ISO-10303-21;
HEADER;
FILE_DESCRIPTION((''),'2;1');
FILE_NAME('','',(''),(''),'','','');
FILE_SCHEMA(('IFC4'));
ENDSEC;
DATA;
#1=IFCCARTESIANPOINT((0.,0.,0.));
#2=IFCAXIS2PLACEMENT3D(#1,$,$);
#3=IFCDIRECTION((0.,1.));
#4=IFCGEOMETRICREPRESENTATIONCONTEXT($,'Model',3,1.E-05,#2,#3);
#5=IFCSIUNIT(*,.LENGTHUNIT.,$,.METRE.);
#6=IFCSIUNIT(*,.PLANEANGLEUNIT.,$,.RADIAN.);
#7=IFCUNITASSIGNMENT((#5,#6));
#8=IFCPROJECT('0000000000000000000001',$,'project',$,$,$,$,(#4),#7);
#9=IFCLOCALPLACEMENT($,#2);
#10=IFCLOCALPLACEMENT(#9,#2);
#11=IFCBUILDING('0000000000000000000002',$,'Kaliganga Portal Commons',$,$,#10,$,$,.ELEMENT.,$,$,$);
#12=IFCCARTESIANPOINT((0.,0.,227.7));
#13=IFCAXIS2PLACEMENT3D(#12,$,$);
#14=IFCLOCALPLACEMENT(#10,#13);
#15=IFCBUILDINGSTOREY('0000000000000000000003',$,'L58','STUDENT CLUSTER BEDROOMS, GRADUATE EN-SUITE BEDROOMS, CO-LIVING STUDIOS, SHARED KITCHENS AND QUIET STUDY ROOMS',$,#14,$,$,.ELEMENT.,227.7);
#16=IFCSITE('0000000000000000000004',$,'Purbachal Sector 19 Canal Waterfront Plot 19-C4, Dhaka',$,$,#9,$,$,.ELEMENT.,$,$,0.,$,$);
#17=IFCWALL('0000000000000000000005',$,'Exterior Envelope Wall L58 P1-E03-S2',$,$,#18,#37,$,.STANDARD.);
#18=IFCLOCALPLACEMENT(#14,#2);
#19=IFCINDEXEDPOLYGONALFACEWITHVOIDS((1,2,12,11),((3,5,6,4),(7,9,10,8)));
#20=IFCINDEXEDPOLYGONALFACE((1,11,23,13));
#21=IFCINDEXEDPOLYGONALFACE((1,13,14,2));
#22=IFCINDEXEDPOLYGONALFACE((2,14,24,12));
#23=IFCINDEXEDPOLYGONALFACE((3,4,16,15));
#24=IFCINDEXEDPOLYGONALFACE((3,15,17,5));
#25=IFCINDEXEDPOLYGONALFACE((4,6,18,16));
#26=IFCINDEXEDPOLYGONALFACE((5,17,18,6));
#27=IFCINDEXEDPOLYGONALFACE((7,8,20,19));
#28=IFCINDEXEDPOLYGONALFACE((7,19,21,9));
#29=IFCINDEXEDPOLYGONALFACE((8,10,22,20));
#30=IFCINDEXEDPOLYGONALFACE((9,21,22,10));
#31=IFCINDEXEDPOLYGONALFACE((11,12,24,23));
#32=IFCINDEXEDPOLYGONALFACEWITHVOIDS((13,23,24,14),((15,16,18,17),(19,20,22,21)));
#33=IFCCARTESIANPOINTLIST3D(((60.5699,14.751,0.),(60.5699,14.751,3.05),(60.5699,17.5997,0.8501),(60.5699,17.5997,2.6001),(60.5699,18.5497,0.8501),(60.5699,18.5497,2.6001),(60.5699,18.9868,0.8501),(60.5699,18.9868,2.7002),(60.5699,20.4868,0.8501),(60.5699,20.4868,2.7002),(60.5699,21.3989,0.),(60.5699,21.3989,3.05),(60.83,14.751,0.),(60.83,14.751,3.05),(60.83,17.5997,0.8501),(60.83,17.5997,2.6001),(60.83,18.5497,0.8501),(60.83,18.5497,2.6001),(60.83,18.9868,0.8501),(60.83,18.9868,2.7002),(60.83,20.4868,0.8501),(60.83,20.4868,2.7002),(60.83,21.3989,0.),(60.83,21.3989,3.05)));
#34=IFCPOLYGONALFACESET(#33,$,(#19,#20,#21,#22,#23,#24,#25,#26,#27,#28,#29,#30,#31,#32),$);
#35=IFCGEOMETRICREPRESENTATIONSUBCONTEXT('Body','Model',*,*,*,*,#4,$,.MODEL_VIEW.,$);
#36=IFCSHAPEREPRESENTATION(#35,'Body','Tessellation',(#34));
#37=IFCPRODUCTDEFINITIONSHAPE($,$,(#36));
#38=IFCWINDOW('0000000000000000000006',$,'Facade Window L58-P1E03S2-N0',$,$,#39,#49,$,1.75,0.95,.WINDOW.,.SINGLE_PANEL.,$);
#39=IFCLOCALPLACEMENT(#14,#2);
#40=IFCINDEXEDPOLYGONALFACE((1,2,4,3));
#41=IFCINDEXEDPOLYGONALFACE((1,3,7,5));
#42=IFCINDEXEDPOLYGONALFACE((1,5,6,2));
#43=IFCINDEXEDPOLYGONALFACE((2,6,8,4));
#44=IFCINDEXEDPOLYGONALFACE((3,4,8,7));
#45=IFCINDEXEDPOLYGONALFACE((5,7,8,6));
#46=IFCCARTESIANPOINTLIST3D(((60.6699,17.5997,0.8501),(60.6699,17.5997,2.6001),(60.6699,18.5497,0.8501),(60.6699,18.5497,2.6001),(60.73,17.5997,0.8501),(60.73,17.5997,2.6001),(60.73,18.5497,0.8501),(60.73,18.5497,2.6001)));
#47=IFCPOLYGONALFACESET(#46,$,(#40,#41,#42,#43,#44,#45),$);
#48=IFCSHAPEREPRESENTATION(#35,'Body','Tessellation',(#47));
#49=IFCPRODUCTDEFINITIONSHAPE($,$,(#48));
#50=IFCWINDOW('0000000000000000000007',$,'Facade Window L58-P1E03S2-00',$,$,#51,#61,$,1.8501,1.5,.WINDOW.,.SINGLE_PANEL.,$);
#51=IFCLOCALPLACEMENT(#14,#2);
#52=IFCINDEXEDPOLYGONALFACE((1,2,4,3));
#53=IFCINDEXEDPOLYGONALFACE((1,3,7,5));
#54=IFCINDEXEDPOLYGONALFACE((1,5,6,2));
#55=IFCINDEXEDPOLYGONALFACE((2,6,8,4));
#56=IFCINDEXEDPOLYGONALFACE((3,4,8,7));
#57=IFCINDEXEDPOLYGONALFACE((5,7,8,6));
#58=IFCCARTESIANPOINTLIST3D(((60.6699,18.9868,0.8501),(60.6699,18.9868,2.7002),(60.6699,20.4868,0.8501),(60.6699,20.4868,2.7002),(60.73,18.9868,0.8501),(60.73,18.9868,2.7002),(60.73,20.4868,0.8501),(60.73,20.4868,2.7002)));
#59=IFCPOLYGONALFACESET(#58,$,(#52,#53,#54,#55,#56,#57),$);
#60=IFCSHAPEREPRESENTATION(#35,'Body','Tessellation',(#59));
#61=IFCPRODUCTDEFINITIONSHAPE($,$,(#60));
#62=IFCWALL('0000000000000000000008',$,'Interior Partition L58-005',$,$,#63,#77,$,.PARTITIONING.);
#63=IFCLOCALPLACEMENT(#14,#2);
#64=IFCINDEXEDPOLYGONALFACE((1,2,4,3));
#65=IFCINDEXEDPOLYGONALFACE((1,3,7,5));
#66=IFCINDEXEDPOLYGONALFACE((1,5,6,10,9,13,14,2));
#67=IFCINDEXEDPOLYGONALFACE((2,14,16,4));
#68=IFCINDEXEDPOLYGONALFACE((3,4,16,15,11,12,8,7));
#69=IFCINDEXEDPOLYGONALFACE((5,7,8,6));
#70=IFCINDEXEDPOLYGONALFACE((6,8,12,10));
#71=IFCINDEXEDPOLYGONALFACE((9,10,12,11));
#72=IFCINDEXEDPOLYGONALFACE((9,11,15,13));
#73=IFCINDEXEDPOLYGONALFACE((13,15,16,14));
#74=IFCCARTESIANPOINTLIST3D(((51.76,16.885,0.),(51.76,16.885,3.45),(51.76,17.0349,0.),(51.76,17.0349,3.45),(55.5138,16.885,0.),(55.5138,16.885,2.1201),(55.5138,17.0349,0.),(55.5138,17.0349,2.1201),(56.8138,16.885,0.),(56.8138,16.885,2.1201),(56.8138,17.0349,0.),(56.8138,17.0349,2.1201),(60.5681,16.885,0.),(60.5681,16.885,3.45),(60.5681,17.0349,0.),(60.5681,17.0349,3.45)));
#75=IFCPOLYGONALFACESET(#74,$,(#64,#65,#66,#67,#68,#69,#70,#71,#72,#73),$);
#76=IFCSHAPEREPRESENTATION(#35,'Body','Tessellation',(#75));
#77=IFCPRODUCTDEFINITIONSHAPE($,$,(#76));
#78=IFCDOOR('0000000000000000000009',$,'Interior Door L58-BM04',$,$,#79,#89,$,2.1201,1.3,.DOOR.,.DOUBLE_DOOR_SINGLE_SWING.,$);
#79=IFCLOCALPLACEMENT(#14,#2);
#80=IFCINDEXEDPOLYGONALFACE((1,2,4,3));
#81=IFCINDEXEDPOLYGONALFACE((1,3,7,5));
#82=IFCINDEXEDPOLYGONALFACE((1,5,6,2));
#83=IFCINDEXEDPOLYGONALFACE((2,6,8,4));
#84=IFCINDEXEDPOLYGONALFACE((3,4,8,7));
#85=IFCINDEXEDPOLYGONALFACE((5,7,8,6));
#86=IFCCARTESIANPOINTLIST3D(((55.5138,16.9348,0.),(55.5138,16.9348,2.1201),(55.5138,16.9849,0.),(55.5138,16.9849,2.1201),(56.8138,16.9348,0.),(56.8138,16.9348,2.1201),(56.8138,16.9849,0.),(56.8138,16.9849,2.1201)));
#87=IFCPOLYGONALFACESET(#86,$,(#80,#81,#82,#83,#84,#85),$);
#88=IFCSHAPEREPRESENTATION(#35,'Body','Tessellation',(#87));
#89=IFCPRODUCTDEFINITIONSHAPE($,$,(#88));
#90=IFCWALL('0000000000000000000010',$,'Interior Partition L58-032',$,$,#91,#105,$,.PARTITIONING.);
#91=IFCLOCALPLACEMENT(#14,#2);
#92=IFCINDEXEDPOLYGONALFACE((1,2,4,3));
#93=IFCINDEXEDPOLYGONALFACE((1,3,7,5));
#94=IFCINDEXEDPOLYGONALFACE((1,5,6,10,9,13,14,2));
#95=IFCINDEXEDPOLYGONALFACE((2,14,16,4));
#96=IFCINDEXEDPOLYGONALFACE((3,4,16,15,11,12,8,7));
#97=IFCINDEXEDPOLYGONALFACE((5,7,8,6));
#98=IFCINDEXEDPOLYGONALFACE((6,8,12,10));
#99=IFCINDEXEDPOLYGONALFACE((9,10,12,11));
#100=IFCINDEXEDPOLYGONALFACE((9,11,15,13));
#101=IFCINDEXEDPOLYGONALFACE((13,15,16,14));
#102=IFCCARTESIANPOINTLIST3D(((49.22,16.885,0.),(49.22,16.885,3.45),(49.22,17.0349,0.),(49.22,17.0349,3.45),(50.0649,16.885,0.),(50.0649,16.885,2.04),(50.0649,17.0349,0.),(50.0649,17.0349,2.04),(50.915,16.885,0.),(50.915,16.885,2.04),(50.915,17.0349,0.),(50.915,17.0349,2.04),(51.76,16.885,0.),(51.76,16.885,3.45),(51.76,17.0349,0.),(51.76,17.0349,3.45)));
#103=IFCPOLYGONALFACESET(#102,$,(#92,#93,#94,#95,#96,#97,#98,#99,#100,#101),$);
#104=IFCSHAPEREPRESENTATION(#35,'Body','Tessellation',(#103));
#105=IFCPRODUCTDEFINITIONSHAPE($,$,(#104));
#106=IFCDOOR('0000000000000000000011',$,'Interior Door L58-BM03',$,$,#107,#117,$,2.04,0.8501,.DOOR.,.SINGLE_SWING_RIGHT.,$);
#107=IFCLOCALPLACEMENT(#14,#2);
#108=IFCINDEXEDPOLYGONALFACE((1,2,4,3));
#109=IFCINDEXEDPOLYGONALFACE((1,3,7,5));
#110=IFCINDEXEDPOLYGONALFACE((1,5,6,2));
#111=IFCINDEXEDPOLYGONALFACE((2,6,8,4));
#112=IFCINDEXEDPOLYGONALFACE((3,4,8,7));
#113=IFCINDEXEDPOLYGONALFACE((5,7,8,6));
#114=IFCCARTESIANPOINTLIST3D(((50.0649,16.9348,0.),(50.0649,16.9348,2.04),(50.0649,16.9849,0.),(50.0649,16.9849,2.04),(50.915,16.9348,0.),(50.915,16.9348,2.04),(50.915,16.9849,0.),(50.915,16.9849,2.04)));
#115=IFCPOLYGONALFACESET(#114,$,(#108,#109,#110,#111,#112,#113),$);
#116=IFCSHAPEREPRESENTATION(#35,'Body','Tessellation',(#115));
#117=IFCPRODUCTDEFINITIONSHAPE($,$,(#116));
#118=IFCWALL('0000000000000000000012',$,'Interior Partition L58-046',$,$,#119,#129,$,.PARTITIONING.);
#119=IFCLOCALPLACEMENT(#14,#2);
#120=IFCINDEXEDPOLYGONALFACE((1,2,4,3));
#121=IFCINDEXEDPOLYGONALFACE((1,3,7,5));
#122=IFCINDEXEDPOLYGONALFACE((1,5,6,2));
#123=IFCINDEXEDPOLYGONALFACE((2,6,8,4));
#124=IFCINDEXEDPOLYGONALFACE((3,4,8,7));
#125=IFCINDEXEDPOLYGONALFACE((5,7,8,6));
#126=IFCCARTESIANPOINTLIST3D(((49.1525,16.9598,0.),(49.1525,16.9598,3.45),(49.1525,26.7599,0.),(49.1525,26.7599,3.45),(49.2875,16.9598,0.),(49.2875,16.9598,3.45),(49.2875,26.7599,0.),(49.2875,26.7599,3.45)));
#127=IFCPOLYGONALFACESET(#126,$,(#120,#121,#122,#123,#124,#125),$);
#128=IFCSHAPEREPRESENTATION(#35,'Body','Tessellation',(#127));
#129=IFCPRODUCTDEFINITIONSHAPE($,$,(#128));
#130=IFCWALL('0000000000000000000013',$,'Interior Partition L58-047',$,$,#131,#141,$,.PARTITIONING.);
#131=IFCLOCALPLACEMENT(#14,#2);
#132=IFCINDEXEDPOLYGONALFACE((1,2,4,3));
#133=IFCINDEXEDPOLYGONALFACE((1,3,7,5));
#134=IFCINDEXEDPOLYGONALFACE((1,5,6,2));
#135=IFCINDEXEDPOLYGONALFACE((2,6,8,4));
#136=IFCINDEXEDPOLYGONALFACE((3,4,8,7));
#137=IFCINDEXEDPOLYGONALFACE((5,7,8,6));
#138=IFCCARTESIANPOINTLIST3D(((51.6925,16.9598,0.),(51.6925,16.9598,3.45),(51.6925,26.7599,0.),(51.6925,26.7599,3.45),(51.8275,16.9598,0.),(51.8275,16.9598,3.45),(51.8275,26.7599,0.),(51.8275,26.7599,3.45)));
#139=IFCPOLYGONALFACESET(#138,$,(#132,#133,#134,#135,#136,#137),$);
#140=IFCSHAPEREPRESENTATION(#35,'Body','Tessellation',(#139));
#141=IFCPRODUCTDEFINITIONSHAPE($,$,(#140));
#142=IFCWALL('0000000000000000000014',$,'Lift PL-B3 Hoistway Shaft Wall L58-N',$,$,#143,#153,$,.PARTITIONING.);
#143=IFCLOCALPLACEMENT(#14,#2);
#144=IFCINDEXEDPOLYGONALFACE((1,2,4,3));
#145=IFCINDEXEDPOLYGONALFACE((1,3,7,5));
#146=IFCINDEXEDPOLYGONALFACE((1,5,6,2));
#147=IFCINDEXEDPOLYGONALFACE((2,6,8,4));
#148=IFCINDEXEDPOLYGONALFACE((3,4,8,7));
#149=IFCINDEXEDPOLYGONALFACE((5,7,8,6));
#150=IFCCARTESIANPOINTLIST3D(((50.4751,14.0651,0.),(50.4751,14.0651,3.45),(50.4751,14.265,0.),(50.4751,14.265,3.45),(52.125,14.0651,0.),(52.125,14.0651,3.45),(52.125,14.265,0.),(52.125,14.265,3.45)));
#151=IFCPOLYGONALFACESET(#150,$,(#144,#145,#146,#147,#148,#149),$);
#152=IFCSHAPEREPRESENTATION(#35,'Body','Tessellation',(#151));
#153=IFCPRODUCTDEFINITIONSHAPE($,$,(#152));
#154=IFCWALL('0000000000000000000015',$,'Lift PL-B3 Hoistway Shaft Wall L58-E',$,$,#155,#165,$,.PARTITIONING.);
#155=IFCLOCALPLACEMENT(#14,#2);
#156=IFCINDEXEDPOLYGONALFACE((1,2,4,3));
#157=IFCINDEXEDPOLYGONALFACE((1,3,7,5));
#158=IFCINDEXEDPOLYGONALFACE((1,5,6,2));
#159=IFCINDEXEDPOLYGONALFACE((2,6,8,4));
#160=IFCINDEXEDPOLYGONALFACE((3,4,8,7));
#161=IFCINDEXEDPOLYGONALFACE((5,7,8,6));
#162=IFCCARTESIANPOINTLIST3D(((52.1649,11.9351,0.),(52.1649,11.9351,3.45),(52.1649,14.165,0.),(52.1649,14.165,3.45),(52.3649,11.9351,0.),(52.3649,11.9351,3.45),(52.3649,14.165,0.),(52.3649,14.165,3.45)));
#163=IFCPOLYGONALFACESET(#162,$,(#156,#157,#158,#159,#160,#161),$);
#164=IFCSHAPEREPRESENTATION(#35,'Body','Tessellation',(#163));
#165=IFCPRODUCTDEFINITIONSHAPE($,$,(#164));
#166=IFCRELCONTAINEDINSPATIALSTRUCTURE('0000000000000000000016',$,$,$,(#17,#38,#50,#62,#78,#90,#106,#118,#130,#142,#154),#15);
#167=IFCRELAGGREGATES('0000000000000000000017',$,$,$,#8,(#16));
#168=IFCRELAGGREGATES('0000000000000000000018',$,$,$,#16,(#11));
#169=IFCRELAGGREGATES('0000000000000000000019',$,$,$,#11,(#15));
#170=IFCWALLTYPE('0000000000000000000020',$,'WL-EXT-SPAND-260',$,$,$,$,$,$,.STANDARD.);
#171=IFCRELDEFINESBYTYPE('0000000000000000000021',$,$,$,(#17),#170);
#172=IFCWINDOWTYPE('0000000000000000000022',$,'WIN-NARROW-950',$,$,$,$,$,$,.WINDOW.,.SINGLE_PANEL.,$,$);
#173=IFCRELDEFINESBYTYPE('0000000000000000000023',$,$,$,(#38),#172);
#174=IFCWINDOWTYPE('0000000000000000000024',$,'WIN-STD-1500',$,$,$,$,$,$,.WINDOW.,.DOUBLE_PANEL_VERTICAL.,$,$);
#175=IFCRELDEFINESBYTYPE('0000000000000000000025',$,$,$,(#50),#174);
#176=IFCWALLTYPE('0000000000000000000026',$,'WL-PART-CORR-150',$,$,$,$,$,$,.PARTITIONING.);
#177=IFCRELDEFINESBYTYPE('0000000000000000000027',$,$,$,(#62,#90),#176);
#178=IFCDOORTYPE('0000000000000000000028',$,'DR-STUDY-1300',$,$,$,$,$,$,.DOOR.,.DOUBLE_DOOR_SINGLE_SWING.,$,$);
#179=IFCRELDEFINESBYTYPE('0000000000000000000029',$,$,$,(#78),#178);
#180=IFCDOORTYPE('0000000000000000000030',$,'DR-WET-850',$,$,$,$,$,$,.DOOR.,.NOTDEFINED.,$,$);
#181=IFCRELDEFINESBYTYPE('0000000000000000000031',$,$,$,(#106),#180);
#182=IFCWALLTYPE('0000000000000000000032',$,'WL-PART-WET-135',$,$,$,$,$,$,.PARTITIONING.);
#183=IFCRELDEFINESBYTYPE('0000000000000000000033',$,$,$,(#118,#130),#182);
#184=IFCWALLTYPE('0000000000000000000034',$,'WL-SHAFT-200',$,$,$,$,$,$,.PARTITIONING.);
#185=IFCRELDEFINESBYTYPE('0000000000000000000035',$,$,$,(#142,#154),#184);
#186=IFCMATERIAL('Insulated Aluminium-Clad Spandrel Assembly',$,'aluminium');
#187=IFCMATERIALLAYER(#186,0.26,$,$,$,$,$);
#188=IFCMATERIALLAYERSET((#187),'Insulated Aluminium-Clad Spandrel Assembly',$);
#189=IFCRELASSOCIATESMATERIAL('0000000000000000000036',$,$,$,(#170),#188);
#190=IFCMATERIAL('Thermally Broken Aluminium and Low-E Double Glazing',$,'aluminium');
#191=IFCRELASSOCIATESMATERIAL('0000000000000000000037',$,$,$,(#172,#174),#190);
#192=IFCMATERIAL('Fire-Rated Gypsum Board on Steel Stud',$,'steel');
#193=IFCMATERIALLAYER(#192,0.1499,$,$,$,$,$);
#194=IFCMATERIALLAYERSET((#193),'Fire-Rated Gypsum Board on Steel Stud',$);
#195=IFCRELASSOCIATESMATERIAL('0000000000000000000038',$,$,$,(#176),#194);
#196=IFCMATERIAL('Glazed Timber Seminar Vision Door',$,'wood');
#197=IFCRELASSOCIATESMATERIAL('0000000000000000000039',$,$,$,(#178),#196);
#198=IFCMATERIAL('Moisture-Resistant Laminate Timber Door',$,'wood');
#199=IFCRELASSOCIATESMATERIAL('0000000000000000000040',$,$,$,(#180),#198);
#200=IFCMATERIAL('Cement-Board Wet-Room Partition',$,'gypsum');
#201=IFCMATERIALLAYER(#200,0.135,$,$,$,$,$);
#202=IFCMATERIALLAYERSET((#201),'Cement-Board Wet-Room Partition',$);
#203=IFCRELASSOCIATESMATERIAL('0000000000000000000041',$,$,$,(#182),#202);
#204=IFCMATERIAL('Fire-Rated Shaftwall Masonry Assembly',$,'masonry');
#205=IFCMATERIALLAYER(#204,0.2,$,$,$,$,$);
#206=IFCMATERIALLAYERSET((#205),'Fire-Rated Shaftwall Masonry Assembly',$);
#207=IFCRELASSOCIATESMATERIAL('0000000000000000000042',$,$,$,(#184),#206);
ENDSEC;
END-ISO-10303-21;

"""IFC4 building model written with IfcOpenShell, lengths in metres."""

from ifc_helpers import new_model, si_unit, direction, frame, frame_2d, origin, place, context, subcontext, project, spatial, rectangle, extrude, material, layer, layer_set, type_object, element, fill, save


model = new_model("IFC4")

# Units and contexts
model_context = context("Model", 3, precision=1e-05, world=origin(), true_north=direction((0.0, 1.0)))
body_context = subcontext(model_context, "Body", "Model", "MODEL_VIEW")
ifc_project = project(units=[si_unit("LENGTHUNIT", "METRE"), si_unit("PLANEANGLEUNIT", "RADIAN")], contexts=[model_context])

# Site, building, storey
site_placement = place(None, origin())
site = spatial("IfcSite", under=ifc_project, at=site_placement, Name="Purbachal Sector 19 Canal Waterfront Plot 19-C4, Dhaka", CompositionType="ELEMENT", RefElevation=0.0)
building_placement = place(site_placement, origin())
building = spatial("IfcBuilding", under=site, at=building_placement, Name="Kaliganga Portal Commons", CompositionType="ELEMENT")
storey_placement = place(building_placement, frame((0.0, 0.0, 227.7)))
storey = spatial("IfcBuildingStorey", under=building, at=storey_placement, Name="L58", Description="STUDENT CLUSTER BEDROOMS, GRADUATE EN-SUITE BEDROOMS, CO-LIVING STUDIOS, SHARED KITCHENS AND QUIET STUDY ROOMS", CompositionType="ELEMENT", Elevation=227.7)

# Shared definitions
ifc_material_1 = material(Name="Insulated Aluminium-Clad Spandrel Assembly", Category="aluminium")
ifc_layer_1 = layer(ifc_material_1, 0.26)
ifc_layer_set_1 = layer_set([ifc_layer_1], Name="Insulated Aluminium-Clad Spandrel Assembly")
wall_type_1 = type_object("IfcWallType", Name="WL-EXT-SPAND-260", PredefinedType="STANDARD", material=ifc_layer_set_1)

# Wall, openings, windows
wall_1_placement = place(storey_placement, frame((60.7, 21.3989, 0.0), z_axis=(0.0, 0.0, 1.0), x_axis=(0.0, -1.0, 0.0)))
wall_1 = element("IfcWall", 1, at=wall_1_placement, inside=storey, type_object=wall_type_1, Name="Exterior Envelope Wall L58 P1-E03-S2", PredefinedType="STANDARD", context=body_context, shape_type="SweptSolid", body=[
    extrude(rectangle(XDim=6.6479, YDim=0.26, at=frame_2d((3.324, 0.0))), origin(), (0.0, 0.0, 1.0), 3.05),
])
opening_1_placement = place(wall_1_placement, frame((0.9121, 0.0, 0.8501)))
opening_1 = element("IfcOpeningElement", 2, at=opening_1_placement, cuts=wall_1, PredefinedType="OPENING", context=body_context, shape_type="SweptSolid", body=[
    extrude(rectangle(XDim=1.5, YDim=1.8501, at=frame_2d((0.75, 0.925))), frame((0.0, 0.1401, 0.0), z_axis=(0.0, -1.0, 0.0), x_axis=(1.0, 0.0, 0.0)), (0.0, 0.0, 1.0), 0.28),
])
opening_2_placement = place(wall_1_placement, frame((2.8491, 0.0, 0.8501)))
opening_2 = element("IfcOpeningElement", 3, at=opening_2_placement, cuts=wall_1, PredefinedType="OPENING", context=body_context, shape_type="SweptSolid", body=[
    extrude(rectangle(XDim=0.95, YDim=1.75, at=frame_2d((0.4751, 0.875))), frame((0.0, 0.1401, 0.0), z_axis=(0.0, -1.0, 0.0), x_axis=(1.0, 0.0, 0.0)), (0.0, 0.0, 1.0), 0.28),
])
ifc_material_2 = material(Name="Thermally Broken Aluminium and Low-E Double Glazing", Category="aluminium")
window_type_1 = type_object("IfcWindowType", Name="WIN-NARROW-950", PartitioningType="SINGLE_PANEL", PredefinedType="WINDOW", material=ifc_material_2)
window_1_placement = place(opening_2_placement, origin())
window_1 = element("IfcWindow", 4, at=window_1_placement, inside=storey, type_object=window_type_1, Name="Facade Window L58-P1E03S2-N0", OverallHeight=1.75, OverallWidth=0.95, PartitioningType="SINGLE_PANEL", PredefinedType="WINDOW", context=body_context, shape_type="SweptSolid", body=[
    extrude(rectangle(XDim=0.95, YDim=1.75, at=frame_2d((0.4751, 0.875))), frame((0.0, 0.03, 0.0), z_axis=(0.0, -1.0, 0.0), x_axis=(1.0, 0.0, 0.0)), (0.0, 0.0, 1.0), 0.0601),
])
fill(opening_2, window_1)
window_type_2 = type_object("IfcWindowType", Name="WIN-STD-1500", PartitioningType="DOUBLE_PANEL_VERTICAL", PredefinedType="WINDOW", material=ifc_material_2)
window_2_placement = place(opening_1_placement, origin())
window_2 = element("IfcWindow", 5, at=window_2_placement, inside=storey, type_object=window_type_2, Name="Facade Window L58-P1E03S2-00", OverallHeight=1.8501, OverallWidth=1.5, PartitioningType="SINGLE_PANEL", PredefinedType="WINDOW", context=body_context, shape_type="SweptSolid", body=[
    extrude(rectangle(XDim=1.5, YDim=1.8501, at=frame_2d((0.75, 0.925))), frame((0.0, 0.03, 0.0), z_axis=(0.0, -1.0, 0.0), x_axis=(1.0, 0.0, 0.0)), (0.0, 0.0, 1.0), 0.0601),
])
fill(opening_1, window_2)

# Walls, openings, doors
ifc_material_3 = material(Name="Fire-Rated Gypsum Board on Steel Stud", Category="steel")
ifc_layer_2 = layer(ifc_material_3, 0.1499)
ifc_layer_set_2 = layer_set([ifc_layer_2], Name="Fire-Rated Gypsum Board on Steel Stud")
wall_type_2 = type_object("IfcWallType", Name="WL-PART-CORR-150", PredefinedType="PARTITIONING", material=ifc_layer_set_2)
wall_2_placement = place(storey_placement, frame((51.76, 16.96, 0.0), z_axis=(0.0, 0.0, 1.0), x_axis=(1.0, 0.0, 0.0)))
wall_2 = element("IfcWall", 6, at=wall_2_placement, inside=storey, type_object=wall_type_2, Name="Interior Partition L58-005", PredefinedType="PARTITIONING", context=body_context, shape_type="SweptSolid", body=[
    extrude(rectangle(XDim=8.8081, YDim=0.1499, at=frame_2d((4.4041, 0.0))), origin(), (0.0, 0.0, 1.0), 3.45),
])
opening_3_placement = place(wall_2_placement, frame((3.7539, 0.0, 0.0)))
opening_3 = element("IfcOpeningElement", 7, at=opening_3_placement, cuts=wall_2, PredefinedType="OPENING", context=body_context, shape_type="SweptSolid", body=[
    extrude(rectangle(XDim=1.3, YDim=2.1201, at=frame_2d((0.6499, 1.0601))), frame((0.0, 0.085, 0.0), z_axis=(0.0, -1.0, 0.0), x_axis=(1.0, 0.0, 0.0)), (0.0, 0.0, 1.0), 0.1699),
])
ifc_material_4 = material(Name="Glazed Timber Seminar Vision Door", Category="wood")
door_type_1 = type_object("IfcDoorType", Name="DR-STUDY-1300", OperationType="DOUBLE_DOOR_SINGLE_SWING", PredefinedType="DOOR", material=ifc_material_4)
door_1_placement = place(opening_3_placement, origin())
door_1 = element("IfcDoor", 8, at=door_1_placement, inside=storey, type_object=door_type_1, Name="Interior Door L58-BM04", OperationType="DOUBLE_DOOR_SINGLE_SWING", OverallHeight=2.1201, OverallWidth=1.3, PredefinedType="DOOR", context=body_context, shape_type="SweptSolid", body=[
    extrude(rectangle(XDim=1.3, YDim=2.1201, at=frame_2d((0.6499, 1.0601))), frame((0.0, 0.0249, 0.0), z_axis=(0.0, -1.0, 0.0), x_axis=(1.0, 0.0, 0.0)), (0.0, 0.0, 1.0), 0.05),
])
fill(opening_3, door_1)
wall_3_placement = place(storey_placement, frame((49.22, 16.96, 0.0), z_axis=(0.0, 0.0, 1.0), x_axis=(1.0, 0.0, 0.0)))
wall_3 = element("IfcWall", 9, at=wall_3_placement, inside=storey, type_object=wall_type_2, Name="Interior Partition L58-032", PredefinedType="PARTITIONING", context=body_context, shape_type="SweptSolid", body=[
    extrude(rectangle(XDim=2.54, YDim=0.1499, at=frame_2d((1.27, 0.0))), origin(), (0.0, 0.0, 1.0), 3.45),
])
opening_4_placement = place(wall_3_placement, frame((0.845, 0.0, 0.0)))
opening_4 = element("IfcOpeningElement", 10, at=opening_4_placement, cuts=wall_3, PredefinedType="OPENING", context=body_context, shape_type="SweptSolid", body=[
    extrude(rectangle(XDim=0.8501, YDim=2.04, at=frame_2d((0.425, 1.02))), frame((0.0, 0.085, 0.0), z_axis=(0.0, -1.0, 0.0), x_axis=(1.0, 0.0, 0.0)), (0.0, 0.0, 1.0), 0.1699),
])
ifc_material_5 = material(Name="Moisture-Resistant Laminate Timber Door", Category="wood")
door_type_2 = type_object("IfcDoorType", Name="DR-WET-850", OperationType="NOTDEFINED", PredefinedType="DOOR", material=ifc_material_5)
door_2_placement = place(opening_4_placement, origin())
door_2 = element("IfcDoor", 11, at=door_2_placement, inside=storey, type_object=door_type_2, Name="Interior Door L58-BM03", OperationType="SINGLE_SWING_RIGHT", OverallHeight=2.04, OverallWidth=0.8501, PredefinedType="DOOR", context=body_context, shape_type="SweptSolid", body=[
    extrude(rectangle(XDim=0.8501, YDim=2.04, at=frame_2d((0.425, 1.02))), frame((0.0, 0.0249, 0.0), z_axis=(0.0, -1.0, 0.0), x_axis=(1.0, 0.0, 0.0)), (0.0, 0.0, 1.0), 0.05),
])
fill(opening_4, door_2)

# Walls
ifc_material_6 = material(Name="Cement-Board Wet-Room Partition", Category="gypsum")
ifc_layer_3 = layer(ifc_material_6, 0.135)
ifc_layer_set_3 = layer_set([ifc_layer_3], Name="Cement-Board Wet-Room Partition")
wall_type_3 = type_object("IfcWallType", Name="WL-PART-WET-135", PredefinedType="PARTITIONING", material=ifc_layer_set_3)
for number, where, z_axis, x_axis, name in (
    (12, (49.22, 16.96, 0.0), (0.0, 0.0, 1.0), (0.0, 1.0, 0.0), "Interior Partition L58-046"),
    (13, (51.76, 16.96, 0.0), (0.0, 0.0, 1.0), (0.0, 1.0, 0.0), "Interior Partition L58-047"),
):
    element("IfcWall", number, at=place(storey_placement, frame(where, z_axis=z_axis, x_axis=x_axis)), inside=storey, type_object=wall_type_3, Name=name, PredefinedType="PARTITIONING", context=body_context, shape_type="SweptSolid", body=[
        extrude(rectangle(XDim=9.8, YDim=0.135, at=frame_2d((4.8999, 0.0))), origin(), (0.0, 0.0, 1.0), 3.45),
    ])
ifc_material_7 = material(Name="Fire-Rated Shaftwall Masonry Assembly", Category="masonry")
ifc_layer_4 = layer(ifc_material_7, 0.2)
ifc_layer_set_4 = layer_set([ifc_layer_4], Name="Fire-Rated Shaftwall Masonry Assembly")
wall_type_4 = type_object("IfcWallType", Name="WL-SHAFT-200", PredefinedType="PARTITIONING", material=ifc_layer_set_4)
wall_4_placement = place(storey_placement, frame((50.4751, 14.165, 0.0), z_axis=(0.0, 0.0, 1.0), x_axis=(1.0, 0.0, 0.0)))
element("IfcWall", 14, at=wall_4_placement, inside=storey, type_object=wall_type_4, Name="Lift PL-B3 Hoistway Shaft Wall L58-N", PredefinedType="PARTITIONING", context=body_context, shape_type="SweptSolid", body=[
    extrude(rectangle(XDim=1.6499, YDim=0.2, at=frame_2d((0.825, 0.0))), origin(), (0.0, 0.0, 1.0), 3.45),
])
wall_5_placement = place(storey_placement, frame((52.2649, 11.9351, 0.0), z_axis=(0.0, 0.0, 1.0), x_axis=(0.0, 1.0, 0.0)))
element("IfcWall", 15, at=wall_5_placement, inside=storey, type_object=wall_type_4, Name="Lift PL-B3 Hoistway Shaft Wall L58-E", PredefinedType="PARTITIONING", context=body_context, shape_type="SweptSolid", body=[
    extrude(rectangle(XDim=2.23, YDim=0.2, at=frame_2d((1.115, 0.0))), origin(), (0.0, 0.0, 1.0), 3.45),
])

save(model, "model.ifc")
